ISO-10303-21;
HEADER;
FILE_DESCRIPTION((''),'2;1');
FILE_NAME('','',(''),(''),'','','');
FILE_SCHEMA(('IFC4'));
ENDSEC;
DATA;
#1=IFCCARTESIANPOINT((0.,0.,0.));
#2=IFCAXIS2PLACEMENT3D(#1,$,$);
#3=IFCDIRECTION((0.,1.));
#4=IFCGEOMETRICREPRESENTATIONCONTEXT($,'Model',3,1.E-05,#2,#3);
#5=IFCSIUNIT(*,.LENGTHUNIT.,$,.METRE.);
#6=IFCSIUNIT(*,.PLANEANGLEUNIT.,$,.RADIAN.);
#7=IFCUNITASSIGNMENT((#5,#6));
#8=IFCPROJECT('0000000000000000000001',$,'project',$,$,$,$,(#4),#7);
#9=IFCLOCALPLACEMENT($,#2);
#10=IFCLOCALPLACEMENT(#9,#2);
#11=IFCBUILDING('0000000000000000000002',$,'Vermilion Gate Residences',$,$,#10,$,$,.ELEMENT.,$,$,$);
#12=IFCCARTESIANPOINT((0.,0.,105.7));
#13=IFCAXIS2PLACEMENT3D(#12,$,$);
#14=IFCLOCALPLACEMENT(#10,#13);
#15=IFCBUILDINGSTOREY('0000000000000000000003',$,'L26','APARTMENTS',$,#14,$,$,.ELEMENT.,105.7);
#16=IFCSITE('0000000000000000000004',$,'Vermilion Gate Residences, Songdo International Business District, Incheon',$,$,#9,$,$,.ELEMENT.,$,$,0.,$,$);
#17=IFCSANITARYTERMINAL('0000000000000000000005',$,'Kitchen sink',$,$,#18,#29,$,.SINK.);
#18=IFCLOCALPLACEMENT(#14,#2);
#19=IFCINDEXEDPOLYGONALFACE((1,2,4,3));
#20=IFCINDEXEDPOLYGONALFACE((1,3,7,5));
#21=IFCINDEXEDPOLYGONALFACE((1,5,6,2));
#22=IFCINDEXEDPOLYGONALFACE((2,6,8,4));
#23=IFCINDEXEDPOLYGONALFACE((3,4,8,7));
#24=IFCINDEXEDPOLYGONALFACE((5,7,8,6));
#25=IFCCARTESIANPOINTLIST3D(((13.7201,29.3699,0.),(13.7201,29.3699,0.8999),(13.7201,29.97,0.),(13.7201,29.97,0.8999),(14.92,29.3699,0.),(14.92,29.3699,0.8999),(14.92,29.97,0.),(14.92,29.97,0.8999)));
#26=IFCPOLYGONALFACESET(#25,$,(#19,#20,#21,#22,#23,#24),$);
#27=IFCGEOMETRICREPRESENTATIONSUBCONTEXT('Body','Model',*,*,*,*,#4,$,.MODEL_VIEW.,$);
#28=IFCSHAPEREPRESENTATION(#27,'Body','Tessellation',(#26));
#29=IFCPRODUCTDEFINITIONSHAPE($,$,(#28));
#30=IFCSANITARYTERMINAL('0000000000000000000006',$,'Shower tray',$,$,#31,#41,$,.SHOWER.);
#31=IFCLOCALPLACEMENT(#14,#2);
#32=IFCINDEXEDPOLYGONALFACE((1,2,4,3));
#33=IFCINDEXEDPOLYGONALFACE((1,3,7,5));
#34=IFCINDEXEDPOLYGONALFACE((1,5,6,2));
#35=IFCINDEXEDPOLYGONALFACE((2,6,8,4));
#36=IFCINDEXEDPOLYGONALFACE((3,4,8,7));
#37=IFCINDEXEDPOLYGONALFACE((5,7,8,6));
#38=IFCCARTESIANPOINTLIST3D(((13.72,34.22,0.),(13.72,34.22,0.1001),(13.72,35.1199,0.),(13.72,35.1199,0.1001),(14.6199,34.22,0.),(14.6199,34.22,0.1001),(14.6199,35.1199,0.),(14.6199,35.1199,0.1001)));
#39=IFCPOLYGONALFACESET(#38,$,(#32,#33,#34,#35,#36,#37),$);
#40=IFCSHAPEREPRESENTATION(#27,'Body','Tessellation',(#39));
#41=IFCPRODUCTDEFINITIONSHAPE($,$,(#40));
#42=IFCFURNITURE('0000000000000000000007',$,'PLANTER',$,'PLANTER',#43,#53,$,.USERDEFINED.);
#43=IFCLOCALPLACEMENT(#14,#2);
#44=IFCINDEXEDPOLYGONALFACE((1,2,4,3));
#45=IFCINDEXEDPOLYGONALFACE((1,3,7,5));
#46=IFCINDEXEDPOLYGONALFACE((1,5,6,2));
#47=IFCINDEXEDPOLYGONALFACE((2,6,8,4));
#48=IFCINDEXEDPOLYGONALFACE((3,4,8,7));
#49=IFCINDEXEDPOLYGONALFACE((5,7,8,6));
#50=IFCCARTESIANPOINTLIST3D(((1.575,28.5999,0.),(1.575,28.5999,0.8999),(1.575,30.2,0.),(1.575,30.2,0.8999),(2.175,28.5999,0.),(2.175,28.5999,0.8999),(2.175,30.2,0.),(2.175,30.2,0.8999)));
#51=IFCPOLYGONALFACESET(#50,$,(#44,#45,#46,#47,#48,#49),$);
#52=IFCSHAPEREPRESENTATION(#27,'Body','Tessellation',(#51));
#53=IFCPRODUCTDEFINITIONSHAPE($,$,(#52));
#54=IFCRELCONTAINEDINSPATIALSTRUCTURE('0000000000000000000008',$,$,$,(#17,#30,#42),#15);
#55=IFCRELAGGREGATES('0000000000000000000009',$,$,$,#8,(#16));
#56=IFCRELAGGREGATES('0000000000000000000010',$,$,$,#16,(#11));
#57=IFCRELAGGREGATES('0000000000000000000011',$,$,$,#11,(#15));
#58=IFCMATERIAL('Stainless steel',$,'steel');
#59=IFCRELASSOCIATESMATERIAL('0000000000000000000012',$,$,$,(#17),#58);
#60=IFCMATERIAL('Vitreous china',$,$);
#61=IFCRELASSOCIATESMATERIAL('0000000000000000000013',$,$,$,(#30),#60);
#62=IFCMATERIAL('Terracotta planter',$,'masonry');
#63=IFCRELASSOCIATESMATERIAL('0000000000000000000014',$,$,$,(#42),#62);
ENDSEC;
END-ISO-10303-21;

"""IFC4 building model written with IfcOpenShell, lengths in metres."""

from ifc_helpers import new_model, si_unit, direction, frame, origin, origin_2d, place, context, subcontext, project, spatial, rectangle, extrude, material, element, save


model = new_model("IFC4")

# Units and contexts
model_context = context("Model", 3, precision=1e-05, world=origin(), true_north=direction((0.0, 1.0)))
body_context = subcontext(model_context, "Body", "Model", "MODEL_VIEW")
ifc_project = project(units=[si_unit("LENGTHUNIT", "METRE"), si_unit("PLANEANGLEUNIT", "RADIAN")], contexts=[model_context])

# Site, building, storey
site_placement = place(None, origin())
site = spatial("IfcSite", under=ifc_project, at=site_placement, Name="Vermilion Gate Residences, Songdo International Business District, Incheon", CompositionType="ELEMENT", RefElevation=0.0)
building_placement = place(site_placement, origin())
building = spatial("IfcBuilding", under=site, at=building_placement, Name="Vermilion Gate Residences", CompositionType="ELEMENT")
storey_placement = place(building_placement, frame((0.0, 0.0, 105.7)))
storey = spatial("IfcBuildingStorey", under=building, at=storey_placement, Name="L26", Description="APARTMENTS", CompositionType="ELEMENT", Elevation=105.7)

# Sanitary terminals
ifc_material_1 = material(Name="Stainless steel", Category="steel")
sanitary_terminal_1_placement = place(storey_placement, frame((14.3201, 29.6699, 0.0), z_axis=(0.0, 0.0, 1.0), x_axis=(1.0, 0.0, 0.0)))
element("IfcSanitaryTerminal", 1, at=sanitary_terminal_1_placement, inside=storey, material=ifc_material_1, Name="Kitchen sink", PredefinedType="SINK", context=body_context, shape_type="SweptSolid", body=[
    extrude(rectangle(XDim=1.2, YDim=0.6001, at=origin_2d()), origin(), (0.0, 0.0, 1.0), 0.8999),
])
ifc_material_2 = material(Name="Vitreous china")
sanitary_terminal_2_placement = place(storey_placement, frame((14.1699, 34.6699, 0.0), z_axis=(0.0, 0.0, 1.0), x_axis=(1.0, 0.0, 0.0)))
element("IfcSanitaryTerminal", 2, at=sanitary_terminal_2_placement, inside=storey, material=ifc_material_2, Name="Shower tray", PredefinedType="SHOWER", context=body_context, shape_type="SweptSolid", body=[
    extrude(rectangle(XDim=0.8999, YDim=0.8999, at=origin_2d()), origin(), (0.0, 0.0, 1.0), 0.1001),
])

# Furniture
ifc_material_3 = material(Name="Terracotta planter", Category="masonry")
furniture_placement = place(storey_placement, frame((1.875, 29.3999, 0.0), z_axis=(0.0, 0.0, 1.0), x_axis=(0.0, -1.0, 0.0)))
element("IfcFurniture", 3, at=furniture_placement, inside=storey, material=ifc_material_3, Name="PLANTER", ObjectType="PLANTER", PredefinedType="USERDEFINED", context=body_context, shape_type="SweptSolid", body=[
    extrude(rectangle(XDim=1.6001, YDim=0.6001, at=origin_2d()), origin(), (0.0, 0.0, 1.0), 0.8999),
])

save(model, "model.ifc")
